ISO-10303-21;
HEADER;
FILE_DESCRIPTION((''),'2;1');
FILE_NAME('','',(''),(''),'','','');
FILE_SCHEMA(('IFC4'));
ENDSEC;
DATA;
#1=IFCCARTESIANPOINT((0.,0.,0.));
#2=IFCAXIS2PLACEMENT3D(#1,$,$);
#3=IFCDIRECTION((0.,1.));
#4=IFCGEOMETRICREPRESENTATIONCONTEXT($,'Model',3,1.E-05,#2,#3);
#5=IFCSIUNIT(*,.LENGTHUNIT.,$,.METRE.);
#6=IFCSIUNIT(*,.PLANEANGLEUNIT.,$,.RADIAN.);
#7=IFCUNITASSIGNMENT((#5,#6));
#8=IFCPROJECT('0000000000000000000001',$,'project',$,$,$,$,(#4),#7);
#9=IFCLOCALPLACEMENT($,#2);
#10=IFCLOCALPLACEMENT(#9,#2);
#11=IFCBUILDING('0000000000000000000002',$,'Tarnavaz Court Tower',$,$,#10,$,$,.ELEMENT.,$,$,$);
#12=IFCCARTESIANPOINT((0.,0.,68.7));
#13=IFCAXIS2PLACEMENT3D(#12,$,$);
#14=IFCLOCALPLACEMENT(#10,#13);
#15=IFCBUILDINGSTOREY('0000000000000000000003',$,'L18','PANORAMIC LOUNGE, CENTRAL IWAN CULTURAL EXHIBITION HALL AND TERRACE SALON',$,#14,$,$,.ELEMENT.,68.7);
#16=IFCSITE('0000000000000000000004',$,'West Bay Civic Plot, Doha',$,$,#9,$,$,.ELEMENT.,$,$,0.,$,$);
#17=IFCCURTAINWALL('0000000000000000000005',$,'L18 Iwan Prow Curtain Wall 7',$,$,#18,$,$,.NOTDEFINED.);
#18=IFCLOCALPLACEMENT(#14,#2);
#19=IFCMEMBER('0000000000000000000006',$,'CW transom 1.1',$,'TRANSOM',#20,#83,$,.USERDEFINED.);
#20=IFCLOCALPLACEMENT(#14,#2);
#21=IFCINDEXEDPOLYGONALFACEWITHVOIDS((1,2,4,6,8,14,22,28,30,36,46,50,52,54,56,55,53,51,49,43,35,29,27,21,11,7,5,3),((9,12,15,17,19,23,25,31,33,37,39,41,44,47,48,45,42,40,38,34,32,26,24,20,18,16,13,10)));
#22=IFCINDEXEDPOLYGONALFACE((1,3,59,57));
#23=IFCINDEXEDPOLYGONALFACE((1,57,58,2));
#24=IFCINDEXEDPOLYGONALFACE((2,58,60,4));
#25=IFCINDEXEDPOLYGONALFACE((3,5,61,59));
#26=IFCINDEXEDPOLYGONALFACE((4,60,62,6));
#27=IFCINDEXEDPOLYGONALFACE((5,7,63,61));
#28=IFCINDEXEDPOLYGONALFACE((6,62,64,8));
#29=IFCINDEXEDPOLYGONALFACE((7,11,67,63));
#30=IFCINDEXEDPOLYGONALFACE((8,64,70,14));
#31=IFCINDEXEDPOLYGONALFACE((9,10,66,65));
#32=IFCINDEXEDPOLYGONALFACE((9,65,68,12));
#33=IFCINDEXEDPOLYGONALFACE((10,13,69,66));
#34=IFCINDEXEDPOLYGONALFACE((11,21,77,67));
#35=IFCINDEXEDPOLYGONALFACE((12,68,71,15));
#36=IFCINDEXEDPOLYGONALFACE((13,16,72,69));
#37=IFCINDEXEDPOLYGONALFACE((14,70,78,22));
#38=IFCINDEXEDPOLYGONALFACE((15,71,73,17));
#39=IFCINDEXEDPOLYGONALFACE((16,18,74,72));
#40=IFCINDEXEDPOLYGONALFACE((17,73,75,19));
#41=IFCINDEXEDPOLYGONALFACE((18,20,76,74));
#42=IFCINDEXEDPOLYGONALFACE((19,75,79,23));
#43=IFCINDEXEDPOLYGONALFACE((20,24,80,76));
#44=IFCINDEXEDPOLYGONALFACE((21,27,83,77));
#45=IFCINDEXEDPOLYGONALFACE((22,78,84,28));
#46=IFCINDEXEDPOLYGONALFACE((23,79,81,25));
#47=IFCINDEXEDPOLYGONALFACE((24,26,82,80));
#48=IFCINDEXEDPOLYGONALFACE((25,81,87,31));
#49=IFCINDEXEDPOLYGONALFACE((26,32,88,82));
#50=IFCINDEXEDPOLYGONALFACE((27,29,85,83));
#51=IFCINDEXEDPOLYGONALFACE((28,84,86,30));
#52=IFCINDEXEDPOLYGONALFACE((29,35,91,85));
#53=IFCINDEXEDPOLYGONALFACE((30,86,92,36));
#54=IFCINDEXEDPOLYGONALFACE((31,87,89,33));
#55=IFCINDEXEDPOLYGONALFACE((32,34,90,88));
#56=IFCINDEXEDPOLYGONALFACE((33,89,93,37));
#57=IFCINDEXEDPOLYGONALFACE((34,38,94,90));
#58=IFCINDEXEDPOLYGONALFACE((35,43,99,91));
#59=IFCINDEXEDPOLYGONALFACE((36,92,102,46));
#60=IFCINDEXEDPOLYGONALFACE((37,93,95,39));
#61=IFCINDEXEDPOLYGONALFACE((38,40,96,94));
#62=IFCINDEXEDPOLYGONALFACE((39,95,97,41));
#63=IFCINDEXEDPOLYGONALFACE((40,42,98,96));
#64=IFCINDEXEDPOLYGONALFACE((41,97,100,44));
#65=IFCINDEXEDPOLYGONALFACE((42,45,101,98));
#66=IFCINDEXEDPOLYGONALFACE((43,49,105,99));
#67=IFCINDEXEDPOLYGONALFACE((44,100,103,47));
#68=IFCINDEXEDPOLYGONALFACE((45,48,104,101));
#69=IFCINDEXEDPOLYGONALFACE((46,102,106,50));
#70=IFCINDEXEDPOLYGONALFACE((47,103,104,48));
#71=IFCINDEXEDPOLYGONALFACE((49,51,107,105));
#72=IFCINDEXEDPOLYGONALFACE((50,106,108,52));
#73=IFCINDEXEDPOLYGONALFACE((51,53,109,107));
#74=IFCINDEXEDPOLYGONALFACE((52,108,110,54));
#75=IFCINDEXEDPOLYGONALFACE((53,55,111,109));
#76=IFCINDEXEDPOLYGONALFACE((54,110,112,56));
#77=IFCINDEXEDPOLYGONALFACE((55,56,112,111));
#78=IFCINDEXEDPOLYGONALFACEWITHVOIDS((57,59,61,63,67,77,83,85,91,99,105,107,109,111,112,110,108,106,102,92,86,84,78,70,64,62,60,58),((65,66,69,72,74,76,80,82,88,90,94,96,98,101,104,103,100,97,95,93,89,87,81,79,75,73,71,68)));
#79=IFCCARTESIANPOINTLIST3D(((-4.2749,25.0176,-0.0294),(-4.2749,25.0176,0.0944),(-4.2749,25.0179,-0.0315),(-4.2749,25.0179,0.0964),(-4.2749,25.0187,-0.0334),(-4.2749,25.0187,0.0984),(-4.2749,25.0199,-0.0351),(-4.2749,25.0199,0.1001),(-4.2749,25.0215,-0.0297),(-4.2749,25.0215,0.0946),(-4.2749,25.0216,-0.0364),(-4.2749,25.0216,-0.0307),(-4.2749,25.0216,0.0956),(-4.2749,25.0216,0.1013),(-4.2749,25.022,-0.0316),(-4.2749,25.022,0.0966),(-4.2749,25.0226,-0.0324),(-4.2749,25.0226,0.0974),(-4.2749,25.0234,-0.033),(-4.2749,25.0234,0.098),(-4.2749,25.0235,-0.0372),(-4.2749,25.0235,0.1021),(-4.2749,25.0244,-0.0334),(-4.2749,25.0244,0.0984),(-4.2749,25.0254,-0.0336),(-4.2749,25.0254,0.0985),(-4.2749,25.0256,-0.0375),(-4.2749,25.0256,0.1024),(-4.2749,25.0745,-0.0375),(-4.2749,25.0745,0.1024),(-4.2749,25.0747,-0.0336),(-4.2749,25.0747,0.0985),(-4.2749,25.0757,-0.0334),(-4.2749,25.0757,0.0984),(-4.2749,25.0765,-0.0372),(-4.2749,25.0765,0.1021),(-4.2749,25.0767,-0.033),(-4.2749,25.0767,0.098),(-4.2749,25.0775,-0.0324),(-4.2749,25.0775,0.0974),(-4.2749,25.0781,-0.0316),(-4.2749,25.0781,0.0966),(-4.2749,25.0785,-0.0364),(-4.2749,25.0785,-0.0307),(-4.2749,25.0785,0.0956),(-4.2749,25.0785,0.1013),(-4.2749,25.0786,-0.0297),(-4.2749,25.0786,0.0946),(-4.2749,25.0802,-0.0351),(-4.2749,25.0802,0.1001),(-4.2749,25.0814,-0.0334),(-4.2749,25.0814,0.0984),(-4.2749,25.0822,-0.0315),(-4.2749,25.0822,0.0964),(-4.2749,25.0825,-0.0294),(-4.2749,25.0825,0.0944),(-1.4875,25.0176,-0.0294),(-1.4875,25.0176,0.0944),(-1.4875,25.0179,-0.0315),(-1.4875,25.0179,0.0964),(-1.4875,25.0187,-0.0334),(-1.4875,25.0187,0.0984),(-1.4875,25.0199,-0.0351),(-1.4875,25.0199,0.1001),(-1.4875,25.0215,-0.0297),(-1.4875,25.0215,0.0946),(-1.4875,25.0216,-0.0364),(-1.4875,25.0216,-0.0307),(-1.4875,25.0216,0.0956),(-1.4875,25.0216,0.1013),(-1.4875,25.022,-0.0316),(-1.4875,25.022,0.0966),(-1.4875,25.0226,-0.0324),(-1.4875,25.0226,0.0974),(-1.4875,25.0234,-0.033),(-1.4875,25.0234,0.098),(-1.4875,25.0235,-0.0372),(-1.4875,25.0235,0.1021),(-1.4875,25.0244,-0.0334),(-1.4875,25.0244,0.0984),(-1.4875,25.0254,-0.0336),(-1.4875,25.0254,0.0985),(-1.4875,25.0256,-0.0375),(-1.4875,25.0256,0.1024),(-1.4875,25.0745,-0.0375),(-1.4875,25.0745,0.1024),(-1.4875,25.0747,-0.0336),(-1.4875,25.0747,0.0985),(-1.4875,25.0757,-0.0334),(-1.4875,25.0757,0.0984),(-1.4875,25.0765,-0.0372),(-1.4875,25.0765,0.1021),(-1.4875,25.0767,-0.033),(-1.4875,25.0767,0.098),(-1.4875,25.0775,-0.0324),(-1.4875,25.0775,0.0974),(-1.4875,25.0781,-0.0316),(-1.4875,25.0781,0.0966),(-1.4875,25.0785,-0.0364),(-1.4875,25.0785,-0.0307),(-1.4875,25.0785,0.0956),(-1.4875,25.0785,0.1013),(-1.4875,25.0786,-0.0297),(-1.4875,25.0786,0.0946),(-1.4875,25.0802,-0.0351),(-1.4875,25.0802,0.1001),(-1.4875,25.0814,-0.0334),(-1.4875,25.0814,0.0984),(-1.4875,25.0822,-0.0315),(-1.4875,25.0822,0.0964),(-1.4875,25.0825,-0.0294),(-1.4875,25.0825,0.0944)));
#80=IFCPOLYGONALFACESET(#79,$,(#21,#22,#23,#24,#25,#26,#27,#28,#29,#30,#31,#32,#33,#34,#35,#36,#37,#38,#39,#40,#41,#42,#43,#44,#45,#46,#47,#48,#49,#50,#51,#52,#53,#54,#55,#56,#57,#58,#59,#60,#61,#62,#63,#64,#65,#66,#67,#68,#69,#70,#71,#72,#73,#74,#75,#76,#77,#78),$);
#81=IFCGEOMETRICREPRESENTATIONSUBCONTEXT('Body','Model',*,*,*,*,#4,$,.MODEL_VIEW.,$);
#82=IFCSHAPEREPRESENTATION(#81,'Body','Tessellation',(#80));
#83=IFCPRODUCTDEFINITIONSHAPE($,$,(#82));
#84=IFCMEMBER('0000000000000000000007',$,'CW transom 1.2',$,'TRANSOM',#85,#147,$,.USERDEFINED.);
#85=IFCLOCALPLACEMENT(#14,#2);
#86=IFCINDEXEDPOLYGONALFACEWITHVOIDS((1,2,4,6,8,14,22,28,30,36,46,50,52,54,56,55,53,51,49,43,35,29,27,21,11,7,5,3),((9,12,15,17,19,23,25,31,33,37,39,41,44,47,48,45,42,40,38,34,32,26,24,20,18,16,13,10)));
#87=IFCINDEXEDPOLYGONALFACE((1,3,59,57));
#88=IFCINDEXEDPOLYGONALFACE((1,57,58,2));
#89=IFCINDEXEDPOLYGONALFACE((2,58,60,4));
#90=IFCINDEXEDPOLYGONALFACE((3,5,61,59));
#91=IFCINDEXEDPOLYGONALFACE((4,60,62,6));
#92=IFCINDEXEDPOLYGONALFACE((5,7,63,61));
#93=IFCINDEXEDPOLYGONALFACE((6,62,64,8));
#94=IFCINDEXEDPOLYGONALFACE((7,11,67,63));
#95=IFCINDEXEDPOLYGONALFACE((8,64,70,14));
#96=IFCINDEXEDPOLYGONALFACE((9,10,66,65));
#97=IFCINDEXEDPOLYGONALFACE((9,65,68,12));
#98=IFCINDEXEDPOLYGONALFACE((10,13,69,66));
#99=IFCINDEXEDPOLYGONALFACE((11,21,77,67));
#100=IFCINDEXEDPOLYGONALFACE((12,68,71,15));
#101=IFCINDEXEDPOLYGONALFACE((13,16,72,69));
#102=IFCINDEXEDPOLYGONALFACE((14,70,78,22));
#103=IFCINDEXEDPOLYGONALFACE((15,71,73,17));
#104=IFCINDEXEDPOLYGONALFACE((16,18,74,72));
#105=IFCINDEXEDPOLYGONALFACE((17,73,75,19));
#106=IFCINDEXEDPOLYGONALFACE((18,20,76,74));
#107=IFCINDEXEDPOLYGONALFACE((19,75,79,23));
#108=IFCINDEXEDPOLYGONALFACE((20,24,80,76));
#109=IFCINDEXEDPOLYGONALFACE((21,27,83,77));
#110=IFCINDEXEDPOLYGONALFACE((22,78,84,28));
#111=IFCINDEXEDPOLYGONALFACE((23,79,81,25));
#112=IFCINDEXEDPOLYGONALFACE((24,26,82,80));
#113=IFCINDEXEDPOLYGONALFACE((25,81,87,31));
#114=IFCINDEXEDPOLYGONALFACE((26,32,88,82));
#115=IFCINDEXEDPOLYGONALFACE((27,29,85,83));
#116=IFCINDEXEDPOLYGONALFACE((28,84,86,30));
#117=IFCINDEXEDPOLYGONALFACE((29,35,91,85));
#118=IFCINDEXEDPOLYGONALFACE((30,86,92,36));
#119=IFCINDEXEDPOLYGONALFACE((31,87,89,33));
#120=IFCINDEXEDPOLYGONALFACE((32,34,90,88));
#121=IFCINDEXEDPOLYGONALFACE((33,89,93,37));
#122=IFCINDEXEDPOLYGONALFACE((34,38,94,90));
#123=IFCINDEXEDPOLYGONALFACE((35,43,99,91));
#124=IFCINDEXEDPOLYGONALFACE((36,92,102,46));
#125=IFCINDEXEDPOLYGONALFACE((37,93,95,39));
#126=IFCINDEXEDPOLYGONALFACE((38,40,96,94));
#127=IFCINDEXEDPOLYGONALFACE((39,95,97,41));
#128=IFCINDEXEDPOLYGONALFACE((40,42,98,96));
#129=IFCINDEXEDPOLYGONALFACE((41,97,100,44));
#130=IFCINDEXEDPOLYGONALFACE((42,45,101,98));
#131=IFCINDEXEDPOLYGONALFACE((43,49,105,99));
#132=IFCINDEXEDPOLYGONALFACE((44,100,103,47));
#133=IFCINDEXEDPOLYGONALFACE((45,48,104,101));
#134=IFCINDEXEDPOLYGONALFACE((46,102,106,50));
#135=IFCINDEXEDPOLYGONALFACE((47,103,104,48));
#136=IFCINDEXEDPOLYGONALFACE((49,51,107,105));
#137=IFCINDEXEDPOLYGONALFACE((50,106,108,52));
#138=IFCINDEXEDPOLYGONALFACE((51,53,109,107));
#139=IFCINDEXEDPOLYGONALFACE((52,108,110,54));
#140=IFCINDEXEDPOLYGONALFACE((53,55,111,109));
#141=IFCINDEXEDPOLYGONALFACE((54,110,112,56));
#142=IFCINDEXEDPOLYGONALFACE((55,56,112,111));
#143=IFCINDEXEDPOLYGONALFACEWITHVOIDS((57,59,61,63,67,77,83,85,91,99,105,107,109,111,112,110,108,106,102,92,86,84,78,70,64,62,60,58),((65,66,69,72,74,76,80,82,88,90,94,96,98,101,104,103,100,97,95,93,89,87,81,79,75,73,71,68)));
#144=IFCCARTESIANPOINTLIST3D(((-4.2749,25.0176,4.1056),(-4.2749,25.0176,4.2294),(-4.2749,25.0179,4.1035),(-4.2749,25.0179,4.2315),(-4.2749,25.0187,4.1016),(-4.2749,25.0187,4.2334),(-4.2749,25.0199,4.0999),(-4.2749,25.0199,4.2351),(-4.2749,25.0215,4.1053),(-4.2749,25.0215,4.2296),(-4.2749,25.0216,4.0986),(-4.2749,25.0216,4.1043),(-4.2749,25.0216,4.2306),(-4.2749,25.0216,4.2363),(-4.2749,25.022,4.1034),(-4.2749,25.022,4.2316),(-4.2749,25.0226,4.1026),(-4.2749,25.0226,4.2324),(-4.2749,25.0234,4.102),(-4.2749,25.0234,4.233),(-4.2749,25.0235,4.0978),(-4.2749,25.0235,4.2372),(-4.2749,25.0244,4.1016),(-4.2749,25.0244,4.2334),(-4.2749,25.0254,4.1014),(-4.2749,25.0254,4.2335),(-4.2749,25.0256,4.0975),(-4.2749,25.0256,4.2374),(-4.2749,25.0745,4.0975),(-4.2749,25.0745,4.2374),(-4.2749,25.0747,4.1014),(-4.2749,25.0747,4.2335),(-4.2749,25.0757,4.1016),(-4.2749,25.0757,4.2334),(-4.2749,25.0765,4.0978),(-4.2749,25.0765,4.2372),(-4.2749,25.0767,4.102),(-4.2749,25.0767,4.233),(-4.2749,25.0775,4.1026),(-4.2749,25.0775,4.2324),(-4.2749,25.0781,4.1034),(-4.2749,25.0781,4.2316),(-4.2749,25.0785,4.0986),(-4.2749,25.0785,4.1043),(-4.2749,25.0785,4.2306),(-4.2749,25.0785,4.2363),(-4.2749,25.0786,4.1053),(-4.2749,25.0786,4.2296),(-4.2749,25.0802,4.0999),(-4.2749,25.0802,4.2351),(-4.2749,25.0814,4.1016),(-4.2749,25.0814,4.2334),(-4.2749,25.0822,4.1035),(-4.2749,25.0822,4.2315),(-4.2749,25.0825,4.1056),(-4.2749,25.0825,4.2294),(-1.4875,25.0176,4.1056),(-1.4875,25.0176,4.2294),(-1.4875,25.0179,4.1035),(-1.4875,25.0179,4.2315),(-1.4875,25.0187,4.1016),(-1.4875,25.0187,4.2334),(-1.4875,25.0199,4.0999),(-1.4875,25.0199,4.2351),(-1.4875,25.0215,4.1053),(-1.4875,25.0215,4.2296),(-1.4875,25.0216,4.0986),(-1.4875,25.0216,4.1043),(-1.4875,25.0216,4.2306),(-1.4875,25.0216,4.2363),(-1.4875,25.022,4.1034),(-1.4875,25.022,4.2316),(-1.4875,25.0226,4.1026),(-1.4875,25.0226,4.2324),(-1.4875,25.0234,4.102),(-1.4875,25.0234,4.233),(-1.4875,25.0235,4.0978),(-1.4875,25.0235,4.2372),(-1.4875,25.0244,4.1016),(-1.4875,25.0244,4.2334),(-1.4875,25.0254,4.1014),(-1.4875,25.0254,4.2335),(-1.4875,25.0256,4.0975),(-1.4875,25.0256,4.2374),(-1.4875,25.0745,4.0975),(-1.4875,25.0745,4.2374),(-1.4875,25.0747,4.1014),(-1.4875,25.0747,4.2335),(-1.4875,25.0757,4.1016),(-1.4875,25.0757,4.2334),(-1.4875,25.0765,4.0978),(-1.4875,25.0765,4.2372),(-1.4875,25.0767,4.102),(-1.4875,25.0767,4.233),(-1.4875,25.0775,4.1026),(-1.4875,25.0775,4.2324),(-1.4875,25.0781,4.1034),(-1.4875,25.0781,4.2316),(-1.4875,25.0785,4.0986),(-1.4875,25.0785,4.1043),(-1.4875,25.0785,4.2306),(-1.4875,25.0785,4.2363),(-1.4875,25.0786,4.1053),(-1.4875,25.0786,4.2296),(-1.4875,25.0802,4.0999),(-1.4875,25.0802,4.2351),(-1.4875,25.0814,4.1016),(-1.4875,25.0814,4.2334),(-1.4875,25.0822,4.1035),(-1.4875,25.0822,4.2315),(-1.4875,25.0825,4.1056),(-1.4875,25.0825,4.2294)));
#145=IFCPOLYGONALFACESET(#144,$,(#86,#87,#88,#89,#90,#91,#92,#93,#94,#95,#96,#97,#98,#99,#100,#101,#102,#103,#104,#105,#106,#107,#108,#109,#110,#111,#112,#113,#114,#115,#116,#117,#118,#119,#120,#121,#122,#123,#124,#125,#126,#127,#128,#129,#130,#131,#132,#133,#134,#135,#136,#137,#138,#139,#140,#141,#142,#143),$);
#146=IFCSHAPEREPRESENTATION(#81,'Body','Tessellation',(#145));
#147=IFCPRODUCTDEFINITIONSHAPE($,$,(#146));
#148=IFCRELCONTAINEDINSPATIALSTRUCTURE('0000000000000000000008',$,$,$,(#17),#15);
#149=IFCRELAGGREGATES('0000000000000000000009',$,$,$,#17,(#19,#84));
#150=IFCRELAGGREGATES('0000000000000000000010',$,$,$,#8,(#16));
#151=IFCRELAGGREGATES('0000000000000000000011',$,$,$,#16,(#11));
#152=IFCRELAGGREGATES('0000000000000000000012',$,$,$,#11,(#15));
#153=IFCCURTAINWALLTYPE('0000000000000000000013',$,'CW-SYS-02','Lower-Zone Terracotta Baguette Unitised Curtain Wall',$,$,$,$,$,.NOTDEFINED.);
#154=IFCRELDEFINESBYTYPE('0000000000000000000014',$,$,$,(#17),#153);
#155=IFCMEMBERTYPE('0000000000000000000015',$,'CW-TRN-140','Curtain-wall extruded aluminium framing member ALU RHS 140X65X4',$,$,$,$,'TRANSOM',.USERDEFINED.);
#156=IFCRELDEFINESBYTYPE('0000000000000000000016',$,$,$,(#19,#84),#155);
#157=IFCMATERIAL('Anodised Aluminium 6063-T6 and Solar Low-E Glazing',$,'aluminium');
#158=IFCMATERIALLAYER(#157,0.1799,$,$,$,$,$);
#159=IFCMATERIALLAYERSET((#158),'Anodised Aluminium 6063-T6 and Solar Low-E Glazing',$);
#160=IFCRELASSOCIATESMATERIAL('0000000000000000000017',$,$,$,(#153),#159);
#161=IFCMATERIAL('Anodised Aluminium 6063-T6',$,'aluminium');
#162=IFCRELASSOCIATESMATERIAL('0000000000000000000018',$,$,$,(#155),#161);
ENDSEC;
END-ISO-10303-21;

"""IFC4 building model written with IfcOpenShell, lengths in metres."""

from ifc_helpers import new_model, si_unit, direction, frame, origin, origin_2d, place, context, subcontext, project, spatial, hollow_rectangle, extrude, material, layer, layer_set, material_profile, profile_set, type_object, element, aggregate, save


model = new_model("IFC4")

# Units and contexts
model_context = context("Model", 3, precision=1e-05, world=origin(), true_north=direction((0.0, 1.0)))
body_context = subcontext(model_context, "Body", "Model", "MODEL_VIEW")
ifc_project = project(units=[si_unit("LENGTHUNIT", "METRE"), si_unit("PLANEANGLEUNIT", "RADIAN")], contexts=[model_context])

# Site, building, storey
site_placement = place(None, origin())
site = spatial("IfcSite", under=ifc_project, at=site_placement, Name="West Bay Civic Plot, Doha", CompositionType="ELEMENT", RefElevation=0.0)
building_placement = place(site_placement, origin())
building = spatial("IfcBuilding", under=site, at=building_placement, Name="Tarnavaz Court Tower", CompositionType="ELEMENT")
storey_placement = place(building_placement, frame((0.0, 0.0, 68.7)))
storey = spatial("IfcBuildingStorey", under=building, at=storey_placement, Name="L18", Description="PANORAMIC LOUNGE, CENTRAL IWAN CULTURAL EXHIBITION HALL AND TERRACE SALON", CompositionType="ELEMENT", Elevation=68.7)

# Curtain wall, members
ifc_material_1 = material(Name="Anodised Aluminium 6063-T6 and Solar Low-E Glazing", Category="aluminium")
ifc_layer_1 = layer(ifc_material_1, 0.1799)
ifc_layer_set_1 = layer_set([ifc_layer_1], Name="Anodised Aluminium 6063-T6 and Solar Low-E Glazing")
curtain_wall_type = type_object("IfcCurtainWallType", Name="CW-SYS-02", Description="Lower-Zone Terracotta Baguette Unitised Curtain Wall", PredefinedType="NOTDEFINED", material=ifc_layer_set_1)
curtain_wall_placement = place(storey_placement, origin())
curtain_wall = element("IfcCurtainWall", 1, at=curtain_wall_placement, inside=storey, type_object=curtain_wall_type, Name="L18 Iwan Prow Curtain Wall 7", PredefinedType="NOTDEFINED")
ifc_material_2 = material(Name="Anodised Aluminium 6063-T6", Category="aluminium")
ifc_material_profile_1 = material_profile(ifc_material_2, hollow_rectangle(XDim=0.0649, YDim=0.1399, WallThickness=0.0039, InnerFilletRadius=0.0039, OuterFilletRadius=0.0081, at=origin_2d()), Name="ALU RHS 140X65X4")
ifc_profile_set_1 = profile_set([ifc_material_profile_1], Name="Anodised Aluminium 6063-T6")
member_type_1 = type_object("IfcMemberType", Name="CW-TRN-140", Description="Curtain-wall extruded aluminium framing member ALU RHS 140X65X4", ElementType="TRANSOM", PredefinedType="USERDEFINED", material=ifc_profile_set_1)
member_1_placement = place(storey_placement, frame((-4.2749, 25.05, 0.0325), z_axis=(1.0, 0.0, 0.0), x_axis=(0.0, 1.0, 0.0)))
member_1 = element("IfcMember", 2, at=member_1_placement, type_object=member_type_1, Name="CW transom 1.1", ObjectType="TRANSOM", PredefinedType="USERDEFINED", context=body_context, shape_type="SweptSolid", body=[
    extrude(hollow_rectangle(XDim=0.0649, YDim=0.1399, WallThickness=0.0039, InnerFilletRadius=0.0039, OuterFilletRadius=0.0081, at=origin_2d()), origin(), (0.0, 0.0, 1.0), 2.7874),
])
member_2_placement = place(storey_placement, frame((-4.2749, 25.05, 4.1675), z_axis=(1.0, 0.0, 0.0), x_axis=(0.0, 1.0, 0.0)))
member_2 = element("IfcMember", 3, at=member_2_placement, type_object=member_type_1, Name="CW transom 1.2", ObjectType="TRANSOM", PredefinedType="USERDEFINED", context=body_context, shape_type="SweptSolid", body=[
    extrude(hollow_rectangle(XDim=0.0649, YDim=0.1399, WallThickness=0.0039, InnerFilletRadius=0.0039, OuterFilletRadius=0.0081, at=origin_2d()), origin(), (0.0, 0.0, 1.0), 2.7874),
])
aggregate(curtain_wall, [member_1, member_2])

save(model, "model.ifc")
